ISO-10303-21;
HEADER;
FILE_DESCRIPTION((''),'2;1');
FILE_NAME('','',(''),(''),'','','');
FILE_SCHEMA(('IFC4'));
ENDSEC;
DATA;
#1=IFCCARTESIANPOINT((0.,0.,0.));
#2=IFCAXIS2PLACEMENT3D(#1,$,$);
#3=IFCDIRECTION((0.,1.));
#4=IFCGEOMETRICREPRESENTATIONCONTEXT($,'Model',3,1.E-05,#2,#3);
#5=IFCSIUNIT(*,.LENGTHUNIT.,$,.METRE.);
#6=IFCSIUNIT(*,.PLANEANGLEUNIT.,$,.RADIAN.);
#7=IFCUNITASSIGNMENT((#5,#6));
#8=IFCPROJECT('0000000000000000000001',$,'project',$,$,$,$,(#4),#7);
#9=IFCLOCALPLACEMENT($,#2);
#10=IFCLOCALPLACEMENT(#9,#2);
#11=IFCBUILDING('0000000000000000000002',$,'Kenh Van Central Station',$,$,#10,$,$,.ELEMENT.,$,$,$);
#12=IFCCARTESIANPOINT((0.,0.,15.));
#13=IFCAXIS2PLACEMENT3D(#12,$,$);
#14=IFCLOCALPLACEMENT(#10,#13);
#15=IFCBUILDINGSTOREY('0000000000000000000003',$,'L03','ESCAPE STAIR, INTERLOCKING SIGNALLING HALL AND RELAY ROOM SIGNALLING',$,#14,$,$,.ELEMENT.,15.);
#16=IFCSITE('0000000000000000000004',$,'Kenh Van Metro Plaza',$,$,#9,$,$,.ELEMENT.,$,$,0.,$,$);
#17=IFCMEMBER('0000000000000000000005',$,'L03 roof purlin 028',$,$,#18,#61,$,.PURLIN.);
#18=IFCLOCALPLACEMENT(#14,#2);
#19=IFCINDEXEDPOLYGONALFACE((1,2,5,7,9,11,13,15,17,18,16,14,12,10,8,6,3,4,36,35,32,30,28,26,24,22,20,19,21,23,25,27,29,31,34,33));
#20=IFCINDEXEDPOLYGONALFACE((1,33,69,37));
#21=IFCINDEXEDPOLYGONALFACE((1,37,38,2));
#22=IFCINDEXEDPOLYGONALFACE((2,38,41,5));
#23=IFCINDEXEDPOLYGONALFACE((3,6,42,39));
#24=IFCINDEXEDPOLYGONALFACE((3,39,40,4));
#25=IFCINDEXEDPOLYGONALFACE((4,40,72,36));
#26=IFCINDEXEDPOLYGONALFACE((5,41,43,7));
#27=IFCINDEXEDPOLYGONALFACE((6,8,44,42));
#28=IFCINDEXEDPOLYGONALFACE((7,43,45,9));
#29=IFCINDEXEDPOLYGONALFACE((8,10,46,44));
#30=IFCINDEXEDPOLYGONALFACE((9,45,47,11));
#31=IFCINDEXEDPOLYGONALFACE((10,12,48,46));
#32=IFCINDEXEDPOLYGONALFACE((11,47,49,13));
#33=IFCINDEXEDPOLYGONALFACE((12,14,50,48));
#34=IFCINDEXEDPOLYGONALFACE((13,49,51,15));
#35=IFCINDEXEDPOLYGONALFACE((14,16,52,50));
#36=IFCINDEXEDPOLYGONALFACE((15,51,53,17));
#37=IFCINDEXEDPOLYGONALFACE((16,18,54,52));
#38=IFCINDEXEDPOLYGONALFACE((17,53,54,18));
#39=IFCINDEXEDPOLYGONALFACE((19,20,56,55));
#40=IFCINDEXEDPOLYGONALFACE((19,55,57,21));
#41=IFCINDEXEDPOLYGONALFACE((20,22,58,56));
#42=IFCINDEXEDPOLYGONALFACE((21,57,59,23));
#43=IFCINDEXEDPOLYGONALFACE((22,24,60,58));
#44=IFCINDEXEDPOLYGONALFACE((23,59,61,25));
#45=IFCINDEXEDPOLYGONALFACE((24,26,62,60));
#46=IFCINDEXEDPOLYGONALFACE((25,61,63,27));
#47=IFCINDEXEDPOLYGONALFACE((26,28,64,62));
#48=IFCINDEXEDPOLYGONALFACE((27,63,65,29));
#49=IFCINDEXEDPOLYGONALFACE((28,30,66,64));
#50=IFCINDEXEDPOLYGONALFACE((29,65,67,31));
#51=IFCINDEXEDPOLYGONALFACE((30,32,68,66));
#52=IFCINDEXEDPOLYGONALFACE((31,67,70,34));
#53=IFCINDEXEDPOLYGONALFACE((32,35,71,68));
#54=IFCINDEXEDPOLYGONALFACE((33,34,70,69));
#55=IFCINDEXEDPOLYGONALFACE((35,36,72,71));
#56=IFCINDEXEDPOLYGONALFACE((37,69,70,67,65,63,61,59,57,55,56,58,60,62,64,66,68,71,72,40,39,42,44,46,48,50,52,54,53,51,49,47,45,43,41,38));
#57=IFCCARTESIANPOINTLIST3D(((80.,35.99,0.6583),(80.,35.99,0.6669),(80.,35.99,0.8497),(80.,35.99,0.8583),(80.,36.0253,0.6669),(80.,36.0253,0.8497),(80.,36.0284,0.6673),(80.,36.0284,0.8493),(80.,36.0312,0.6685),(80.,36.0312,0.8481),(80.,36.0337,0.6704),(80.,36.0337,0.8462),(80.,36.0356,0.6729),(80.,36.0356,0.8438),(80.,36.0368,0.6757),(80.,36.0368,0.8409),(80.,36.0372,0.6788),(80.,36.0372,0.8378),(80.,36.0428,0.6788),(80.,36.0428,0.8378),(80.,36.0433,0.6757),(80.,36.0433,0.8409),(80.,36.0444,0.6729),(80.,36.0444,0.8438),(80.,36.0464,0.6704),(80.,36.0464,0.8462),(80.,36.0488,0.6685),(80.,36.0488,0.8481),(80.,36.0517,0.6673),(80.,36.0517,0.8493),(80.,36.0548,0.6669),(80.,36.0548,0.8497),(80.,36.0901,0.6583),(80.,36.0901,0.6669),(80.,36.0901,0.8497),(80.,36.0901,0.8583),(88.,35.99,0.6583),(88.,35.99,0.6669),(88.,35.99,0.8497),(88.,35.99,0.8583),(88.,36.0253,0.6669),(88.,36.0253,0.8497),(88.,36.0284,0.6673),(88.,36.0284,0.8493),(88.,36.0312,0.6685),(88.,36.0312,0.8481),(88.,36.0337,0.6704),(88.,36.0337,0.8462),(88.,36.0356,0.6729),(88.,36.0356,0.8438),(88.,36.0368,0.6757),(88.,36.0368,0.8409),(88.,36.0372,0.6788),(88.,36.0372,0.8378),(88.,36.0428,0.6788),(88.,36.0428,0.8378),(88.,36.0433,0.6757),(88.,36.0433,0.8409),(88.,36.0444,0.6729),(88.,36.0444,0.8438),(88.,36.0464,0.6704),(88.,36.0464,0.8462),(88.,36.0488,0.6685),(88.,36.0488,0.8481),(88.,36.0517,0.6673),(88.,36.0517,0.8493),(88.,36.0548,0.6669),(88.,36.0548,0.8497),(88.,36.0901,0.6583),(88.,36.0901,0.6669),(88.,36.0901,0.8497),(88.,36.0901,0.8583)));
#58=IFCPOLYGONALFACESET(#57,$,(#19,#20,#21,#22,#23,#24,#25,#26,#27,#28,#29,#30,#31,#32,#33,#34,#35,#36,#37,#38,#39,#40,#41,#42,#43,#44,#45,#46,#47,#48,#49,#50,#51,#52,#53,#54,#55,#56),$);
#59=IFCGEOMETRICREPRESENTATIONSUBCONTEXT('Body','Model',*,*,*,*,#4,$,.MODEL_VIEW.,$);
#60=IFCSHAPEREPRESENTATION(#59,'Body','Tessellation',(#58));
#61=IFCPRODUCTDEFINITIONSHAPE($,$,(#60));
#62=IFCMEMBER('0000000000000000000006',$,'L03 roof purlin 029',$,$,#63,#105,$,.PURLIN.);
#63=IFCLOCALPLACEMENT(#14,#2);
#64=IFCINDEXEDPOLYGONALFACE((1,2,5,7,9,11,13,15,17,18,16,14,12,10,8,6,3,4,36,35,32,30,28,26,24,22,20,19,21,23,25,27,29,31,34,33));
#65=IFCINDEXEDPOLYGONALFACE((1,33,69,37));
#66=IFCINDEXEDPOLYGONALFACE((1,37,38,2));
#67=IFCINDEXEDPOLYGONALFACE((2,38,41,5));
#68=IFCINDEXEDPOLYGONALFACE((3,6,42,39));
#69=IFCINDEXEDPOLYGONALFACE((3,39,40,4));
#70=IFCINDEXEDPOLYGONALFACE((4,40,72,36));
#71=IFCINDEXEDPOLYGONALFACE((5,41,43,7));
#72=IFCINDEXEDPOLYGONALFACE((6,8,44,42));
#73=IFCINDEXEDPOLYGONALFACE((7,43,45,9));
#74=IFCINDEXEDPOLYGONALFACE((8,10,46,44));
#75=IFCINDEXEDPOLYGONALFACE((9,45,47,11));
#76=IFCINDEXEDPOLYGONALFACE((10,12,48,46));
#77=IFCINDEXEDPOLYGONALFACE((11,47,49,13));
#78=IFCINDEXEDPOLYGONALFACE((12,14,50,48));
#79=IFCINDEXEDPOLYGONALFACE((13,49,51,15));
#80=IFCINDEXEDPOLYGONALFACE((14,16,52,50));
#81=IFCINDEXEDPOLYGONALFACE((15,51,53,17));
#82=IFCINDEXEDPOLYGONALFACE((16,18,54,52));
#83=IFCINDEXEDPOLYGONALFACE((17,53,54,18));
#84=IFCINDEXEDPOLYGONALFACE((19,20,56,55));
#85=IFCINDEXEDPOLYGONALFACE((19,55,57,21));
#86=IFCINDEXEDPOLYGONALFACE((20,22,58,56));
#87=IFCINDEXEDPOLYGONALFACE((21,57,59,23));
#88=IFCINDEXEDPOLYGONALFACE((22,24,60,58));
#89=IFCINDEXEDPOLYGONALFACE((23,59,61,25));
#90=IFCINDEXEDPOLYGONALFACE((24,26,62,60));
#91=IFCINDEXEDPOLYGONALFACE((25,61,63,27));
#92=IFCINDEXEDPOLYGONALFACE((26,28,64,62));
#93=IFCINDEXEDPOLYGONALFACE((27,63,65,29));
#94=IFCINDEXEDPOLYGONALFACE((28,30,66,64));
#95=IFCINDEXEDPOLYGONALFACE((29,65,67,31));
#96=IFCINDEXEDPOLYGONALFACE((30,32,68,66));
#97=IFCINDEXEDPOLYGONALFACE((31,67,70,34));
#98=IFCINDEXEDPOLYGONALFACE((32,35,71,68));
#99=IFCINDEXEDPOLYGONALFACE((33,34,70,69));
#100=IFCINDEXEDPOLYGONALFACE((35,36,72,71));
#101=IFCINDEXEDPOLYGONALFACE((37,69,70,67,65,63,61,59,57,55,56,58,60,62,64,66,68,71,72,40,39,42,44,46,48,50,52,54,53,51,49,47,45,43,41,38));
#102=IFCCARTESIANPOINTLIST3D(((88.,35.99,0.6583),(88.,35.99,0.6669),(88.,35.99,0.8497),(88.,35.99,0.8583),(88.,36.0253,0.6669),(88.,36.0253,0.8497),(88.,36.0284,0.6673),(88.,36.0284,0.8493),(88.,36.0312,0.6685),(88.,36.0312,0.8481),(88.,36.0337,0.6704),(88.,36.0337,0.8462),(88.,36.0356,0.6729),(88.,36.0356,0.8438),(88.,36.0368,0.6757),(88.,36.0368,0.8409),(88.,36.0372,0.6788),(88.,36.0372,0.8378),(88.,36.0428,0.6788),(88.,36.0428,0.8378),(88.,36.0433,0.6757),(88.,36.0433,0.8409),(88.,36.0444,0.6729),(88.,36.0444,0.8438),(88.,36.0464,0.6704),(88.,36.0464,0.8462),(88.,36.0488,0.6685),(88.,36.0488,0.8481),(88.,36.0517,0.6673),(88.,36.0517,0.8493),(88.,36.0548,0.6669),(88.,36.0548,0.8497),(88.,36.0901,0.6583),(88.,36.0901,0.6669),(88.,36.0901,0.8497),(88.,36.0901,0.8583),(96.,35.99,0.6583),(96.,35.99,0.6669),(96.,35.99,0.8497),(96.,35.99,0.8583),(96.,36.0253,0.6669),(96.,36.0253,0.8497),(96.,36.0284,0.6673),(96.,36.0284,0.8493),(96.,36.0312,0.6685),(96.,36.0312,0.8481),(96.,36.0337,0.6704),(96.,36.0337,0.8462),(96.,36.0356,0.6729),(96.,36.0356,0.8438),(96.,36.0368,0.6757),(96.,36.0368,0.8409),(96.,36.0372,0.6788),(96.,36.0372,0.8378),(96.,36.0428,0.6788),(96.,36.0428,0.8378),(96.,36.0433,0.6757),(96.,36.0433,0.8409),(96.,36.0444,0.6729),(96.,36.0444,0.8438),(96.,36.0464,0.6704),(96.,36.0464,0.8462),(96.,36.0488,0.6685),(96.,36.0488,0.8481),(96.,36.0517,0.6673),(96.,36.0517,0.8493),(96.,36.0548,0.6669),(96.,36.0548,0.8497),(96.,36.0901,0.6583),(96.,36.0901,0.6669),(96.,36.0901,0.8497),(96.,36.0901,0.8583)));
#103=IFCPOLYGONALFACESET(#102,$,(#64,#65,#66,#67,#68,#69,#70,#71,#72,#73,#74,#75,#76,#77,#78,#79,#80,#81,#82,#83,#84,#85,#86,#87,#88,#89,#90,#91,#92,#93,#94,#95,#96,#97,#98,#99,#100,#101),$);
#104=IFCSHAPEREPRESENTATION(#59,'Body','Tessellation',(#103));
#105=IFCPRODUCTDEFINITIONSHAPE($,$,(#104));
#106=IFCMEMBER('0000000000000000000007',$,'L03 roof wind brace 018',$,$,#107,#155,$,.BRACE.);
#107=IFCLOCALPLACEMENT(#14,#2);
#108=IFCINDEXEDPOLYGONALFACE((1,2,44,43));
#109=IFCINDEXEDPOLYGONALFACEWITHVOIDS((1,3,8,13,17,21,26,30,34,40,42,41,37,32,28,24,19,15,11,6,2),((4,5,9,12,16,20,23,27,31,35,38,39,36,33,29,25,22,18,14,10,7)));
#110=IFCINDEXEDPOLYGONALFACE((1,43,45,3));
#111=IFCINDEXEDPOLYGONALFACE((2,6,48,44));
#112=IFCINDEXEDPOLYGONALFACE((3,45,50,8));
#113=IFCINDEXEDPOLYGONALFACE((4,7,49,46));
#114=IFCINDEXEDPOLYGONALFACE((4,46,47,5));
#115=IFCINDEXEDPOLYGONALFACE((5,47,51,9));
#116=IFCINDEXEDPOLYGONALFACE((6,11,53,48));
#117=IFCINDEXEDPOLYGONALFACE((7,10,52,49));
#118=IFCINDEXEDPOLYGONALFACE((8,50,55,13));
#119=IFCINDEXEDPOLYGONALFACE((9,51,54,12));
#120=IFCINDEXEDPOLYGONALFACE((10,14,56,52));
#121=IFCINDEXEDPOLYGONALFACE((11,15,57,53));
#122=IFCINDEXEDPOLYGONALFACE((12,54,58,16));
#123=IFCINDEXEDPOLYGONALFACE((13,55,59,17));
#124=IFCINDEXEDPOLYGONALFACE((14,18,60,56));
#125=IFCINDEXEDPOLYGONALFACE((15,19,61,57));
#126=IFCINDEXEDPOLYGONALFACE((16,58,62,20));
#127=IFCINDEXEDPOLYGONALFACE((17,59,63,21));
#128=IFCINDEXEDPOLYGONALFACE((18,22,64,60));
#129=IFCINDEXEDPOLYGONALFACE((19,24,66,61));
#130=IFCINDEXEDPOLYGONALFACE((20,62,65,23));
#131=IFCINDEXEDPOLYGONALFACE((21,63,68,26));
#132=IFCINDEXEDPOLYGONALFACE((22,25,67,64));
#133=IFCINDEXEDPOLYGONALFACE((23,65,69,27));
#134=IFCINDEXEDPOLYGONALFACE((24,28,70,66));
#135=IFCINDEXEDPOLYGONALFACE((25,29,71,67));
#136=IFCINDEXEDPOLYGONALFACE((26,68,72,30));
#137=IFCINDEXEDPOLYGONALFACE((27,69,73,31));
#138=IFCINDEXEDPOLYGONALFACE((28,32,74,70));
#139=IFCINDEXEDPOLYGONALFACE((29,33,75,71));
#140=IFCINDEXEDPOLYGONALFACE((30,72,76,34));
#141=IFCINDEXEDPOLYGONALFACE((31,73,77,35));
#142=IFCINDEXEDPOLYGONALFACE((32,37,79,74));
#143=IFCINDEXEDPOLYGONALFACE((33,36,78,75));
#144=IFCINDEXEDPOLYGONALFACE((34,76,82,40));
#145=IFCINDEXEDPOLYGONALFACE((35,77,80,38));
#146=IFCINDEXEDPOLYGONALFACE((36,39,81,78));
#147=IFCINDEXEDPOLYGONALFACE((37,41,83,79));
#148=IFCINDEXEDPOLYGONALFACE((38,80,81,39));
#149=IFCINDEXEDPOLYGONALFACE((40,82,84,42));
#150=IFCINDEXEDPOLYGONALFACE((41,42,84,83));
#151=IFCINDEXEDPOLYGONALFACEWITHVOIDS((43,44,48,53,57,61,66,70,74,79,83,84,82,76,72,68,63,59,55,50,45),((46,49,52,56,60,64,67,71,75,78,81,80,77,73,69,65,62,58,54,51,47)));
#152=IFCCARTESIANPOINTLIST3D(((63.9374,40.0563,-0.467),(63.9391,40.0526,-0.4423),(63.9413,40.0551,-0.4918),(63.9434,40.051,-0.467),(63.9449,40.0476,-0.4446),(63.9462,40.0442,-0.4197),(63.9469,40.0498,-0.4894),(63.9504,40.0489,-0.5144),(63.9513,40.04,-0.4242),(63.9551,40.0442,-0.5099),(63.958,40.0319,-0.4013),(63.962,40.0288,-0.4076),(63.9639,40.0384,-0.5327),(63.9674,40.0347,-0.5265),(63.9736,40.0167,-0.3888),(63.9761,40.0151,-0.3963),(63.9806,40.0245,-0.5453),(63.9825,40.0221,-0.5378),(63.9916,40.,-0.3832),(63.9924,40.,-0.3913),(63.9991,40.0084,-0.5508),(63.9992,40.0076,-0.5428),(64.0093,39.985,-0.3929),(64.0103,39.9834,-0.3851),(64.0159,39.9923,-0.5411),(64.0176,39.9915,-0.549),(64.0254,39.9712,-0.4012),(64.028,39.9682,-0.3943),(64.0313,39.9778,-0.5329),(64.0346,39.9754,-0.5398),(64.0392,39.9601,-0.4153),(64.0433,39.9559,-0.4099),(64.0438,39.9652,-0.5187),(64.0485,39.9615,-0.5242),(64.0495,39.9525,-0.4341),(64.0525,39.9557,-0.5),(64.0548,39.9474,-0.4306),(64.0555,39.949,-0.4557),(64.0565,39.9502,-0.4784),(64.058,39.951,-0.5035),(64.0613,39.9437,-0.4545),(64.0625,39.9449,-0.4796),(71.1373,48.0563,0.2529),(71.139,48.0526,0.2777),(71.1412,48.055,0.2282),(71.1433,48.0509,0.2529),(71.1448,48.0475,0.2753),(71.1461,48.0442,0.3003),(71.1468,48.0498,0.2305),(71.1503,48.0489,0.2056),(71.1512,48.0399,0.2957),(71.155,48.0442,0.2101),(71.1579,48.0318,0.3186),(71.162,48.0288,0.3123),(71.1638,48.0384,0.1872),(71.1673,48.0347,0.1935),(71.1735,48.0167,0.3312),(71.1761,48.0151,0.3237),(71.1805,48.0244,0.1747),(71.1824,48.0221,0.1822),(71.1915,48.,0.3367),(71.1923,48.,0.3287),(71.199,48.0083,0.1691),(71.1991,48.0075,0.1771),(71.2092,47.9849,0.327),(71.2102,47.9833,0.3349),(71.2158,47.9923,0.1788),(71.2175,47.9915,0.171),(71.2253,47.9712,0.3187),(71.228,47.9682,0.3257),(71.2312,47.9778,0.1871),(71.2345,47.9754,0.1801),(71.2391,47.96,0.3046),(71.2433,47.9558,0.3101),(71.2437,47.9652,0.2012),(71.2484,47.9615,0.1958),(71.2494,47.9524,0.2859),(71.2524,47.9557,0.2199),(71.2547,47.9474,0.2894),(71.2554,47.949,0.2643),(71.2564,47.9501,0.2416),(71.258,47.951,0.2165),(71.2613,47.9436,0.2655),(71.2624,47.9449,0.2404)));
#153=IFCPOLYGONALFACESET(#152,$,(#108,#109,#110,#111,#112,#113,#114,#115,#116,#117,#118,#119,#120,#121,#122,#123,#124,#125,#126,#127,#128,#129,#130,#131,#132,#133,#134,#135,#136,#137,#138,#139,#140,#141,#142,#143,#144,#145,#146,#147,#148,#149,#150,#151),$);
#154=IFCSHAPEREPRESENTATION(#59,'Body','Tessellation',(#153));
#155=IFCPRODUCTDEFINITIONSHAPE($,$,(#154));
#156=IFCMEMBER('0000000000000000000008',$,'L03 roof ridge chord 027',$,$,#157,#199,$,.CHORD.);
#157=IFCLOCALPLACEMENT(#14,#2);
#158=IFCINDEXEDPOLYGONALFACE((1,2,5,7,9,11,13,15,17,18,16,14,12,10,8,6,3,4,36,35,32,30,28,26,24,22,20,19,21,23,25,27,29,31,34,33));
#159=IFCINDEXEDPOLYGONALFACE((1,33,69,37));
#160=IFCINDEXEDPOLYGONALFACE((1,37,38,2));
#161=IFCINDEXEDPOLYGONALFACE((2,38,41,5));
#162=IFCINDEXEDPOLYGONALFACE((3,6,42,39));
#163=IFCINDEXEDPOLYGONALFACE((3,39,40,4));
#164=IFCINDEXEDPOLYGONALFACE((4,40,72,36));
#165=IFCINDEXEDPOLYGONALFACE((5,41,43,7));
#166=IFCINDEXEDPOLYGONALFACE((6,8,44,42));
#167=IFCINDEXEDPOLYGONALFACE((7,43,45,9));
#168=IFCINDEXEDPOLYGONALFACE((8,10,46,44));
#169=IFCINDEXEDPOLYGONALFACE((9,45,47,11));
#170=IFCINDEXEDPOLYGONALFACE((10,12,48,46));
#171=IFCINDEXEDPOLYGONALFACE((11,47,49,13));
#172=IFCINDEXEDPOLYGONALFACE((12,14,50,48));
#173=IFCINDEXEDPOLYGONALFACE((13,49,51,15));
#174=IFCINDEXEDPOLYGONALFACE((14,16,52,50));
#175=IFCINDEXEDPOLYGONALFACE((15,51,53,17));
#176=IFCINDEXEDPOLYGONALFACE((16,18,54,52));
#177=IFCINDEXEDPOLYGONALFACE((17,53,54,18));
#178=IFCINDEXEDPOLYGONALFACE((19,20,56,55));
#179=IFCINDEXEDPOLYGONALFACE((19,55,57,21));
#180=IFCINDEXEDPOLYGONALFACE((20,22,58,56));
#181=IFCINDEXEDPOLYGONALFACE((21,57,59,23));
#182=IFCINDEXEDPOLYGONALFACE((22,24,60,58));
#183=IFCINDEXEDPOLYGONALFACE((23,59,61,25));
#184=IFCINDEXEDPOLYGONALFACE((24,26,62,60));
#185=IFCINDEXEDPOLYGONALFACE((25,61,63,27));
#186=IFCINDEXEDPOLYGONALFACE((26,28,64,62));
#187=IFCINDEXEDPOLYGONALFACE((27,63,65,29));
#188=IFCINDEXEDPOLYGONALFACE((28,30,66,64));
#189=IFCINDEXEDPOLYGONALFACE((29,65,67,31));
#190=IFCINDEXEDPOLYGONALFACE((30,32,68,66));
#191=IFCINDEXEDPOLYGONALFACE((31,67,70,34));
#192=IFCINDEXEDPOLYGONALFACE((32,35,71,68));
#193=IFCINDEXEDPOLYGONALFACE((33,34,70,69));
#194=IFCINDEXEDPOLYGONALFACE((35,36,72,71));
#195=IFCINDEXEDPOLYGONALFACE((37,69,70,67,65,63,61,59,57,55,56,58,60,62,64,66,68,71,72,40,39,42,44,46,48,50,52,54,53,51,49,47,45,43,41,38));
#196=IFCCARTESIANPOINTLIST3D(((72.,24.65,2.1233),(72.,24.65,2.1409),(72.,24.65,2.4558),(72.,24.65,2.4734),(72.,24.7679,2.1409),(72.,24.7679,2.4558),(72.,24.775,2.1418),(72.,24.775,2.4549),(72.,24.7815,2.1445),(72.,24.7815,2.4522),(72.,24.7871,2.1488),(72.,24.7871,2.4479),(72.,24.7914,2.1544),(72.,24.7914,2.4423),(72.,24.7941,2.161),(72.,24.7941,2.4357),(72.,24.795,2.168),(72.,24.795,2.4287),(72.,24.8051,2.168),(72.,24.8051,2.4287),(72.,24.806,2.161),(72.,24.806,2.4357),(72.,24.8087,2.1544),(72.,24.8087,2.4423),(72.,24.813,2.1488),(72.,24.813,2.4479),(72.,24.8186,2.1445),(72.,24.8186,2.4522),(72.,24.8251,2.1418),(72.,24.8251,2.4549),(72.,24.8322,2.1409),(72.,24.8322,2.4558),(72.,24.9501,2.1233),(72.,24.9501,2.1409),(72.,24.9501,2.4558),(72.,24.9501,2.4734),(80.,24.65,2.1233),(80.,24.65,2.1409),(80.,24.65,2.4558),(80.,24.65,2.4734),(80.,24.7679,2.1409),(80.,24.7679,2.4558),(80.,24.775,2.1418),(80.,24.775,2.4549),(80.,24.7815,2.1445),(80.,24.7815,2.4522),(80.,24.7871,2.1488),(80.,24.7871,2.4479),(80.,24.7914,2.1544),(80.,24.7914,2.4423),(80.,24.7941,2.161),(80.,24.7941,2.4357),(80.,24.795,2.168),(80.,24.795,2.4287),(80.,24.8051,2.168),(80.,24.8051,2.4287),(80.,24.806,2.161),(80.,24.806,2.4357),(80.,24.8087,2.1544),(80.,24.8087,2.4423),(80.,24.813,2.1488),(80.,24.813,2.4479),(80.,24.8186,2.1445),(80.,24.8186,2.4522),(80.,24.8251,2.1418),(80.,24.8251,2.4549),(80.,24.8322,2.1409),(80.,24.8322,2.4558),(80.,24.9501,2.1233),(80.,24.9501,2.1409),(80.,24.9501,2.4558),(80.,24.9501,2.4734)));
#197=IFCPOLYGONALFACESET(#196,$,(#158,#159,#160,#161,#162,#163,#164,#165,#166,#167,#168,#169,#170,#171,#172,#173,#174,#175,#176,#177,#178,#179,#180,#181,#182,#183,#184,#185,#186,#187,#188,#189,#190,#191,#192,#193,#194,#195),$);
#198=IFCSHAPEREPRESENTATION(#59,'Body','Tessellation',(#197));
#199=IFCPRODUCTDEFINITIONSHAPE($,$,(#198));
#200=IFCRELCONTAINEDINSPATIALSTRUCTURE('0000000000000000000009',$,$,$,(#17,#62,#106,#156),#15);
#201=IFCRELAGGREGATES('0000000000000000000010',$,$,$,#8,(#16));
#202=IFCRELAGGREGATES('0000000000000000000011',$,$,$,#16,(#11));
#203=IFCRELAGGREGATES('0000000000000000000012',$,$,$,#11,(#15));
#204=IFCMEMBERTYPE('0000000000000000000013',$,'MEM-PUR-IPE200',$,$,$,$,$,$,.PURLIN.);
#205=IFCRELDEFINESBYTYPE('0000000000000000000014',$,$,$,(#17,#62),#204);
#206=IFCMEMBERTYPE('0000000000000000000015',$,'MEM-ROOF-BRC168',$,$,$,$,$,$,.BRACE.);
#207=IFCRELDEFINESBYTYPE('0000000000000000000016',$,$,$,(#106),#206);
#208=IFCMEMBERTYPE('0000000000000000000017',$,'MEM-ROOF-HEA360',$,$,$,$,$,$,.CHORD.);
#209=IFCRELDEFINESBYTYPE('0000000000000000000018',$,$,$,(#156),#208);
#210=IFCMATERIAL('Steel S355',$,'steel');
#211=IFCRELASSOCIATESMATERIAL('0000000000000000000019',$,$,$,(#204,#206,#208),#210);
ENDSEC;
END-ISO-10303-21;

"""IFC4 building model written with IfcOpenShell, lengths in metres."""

from ifc_helpers import new_model, si_unit, direction, frame, origin, origin_2d, place, context, subcontext, project, spatial, hollow_circle, i_section, extrude, material, material_profile, profile_set, type_object, element, save


model = new_model("IFC4")

# Units and contexts
model_context = context("Model", 3, precision=1e-05, world=origin(), true_north=direction((0.0, 1.0)))
body_context = subcontext(model_context, "Body", "Model", "MODEL_VIEW")
ifc_project = project(units=[si_unit("LENGTHUNIT", "METRE"), si_unit("PLANEANGLEUNIT", "RADIAN")], contexts=[model_context])

# Site, building, storey
site_placement = place(None, origin())
site = spatial("IfcSite", under=ifc_project, at=site_placement, Name="Kenh Van Metro Plaza", CompositionType="ELEMENT", RefElevation=0.0)
building_placement = place(site_placement, origin())
building = spatial("IfcBuilding", under=site, at=building_placement, Name="Kenh Van Central Station", CompositionType="ELEMENT")
storey_placement = place(building_placement, frame((0.0, 0.0, 15.0)))
storey = spatial("IfcBuildingStorey", under=building, at=storey_placement, Name="L03", Description="ESCAPE STAIR, INTERLOCKING SIGNALLING HALL AND RELAY ROOM SIGNALLING", CompositionType="ELEMENT", Elevation=15.0)

# Shared definitions
ifc_material_1 = material(Name="Steel S355", Category="steel")

# Members
ifc_material_profile_1 = material_profile(ifc_material_1, i_section(OverallWidth=0.1001, OverallDepth=0.2, WebThickness=0.0056, FlangeThickness=0.0085, FilletRadius=0.012, at=origin_2d()), Name="IPE 200")
ifc_profile_set_1 = profile_set([ifc_material_profile_1], Name="Steel S355")
member_type_1 = type_object("IfcMemberType", Name="MEM-PUR-IPE200", PredefinedType="PURLIN", material=ifc_profile_set_1)
for number, where, z_axis, x_axis, name in (
    (1, (80.0, 36.04, 0.7583), (1.0, 0.0, 0.0), (0.0, 1.0, 0.0), "L03 roof purlin 028"),
    (2, (88.0, 36.04, 0.7583), (1.0, 0.0, 0.0), (0.0, 1.0, 0.0), "L03 roof purlin 029"),
):
    element("IfcMember", number, at=place(storey_placement, frame(where, z_axis=z_axis, x_axis=x_axis)), inside=storey, type_object=member_type_1, Name=name, PredefinedType="PURLIN", context=body_context, shape_type="SweptSolid", body=[
        extrude(i_section(OverallWidth=0.1001, OverallDepth=0.2, WebThickness=0.0056, FlangeThickness=0.0085, FilletRadius=0.012, at=origin_2d()), origin(), (0.0, 0.0, 1.0), 8.0),
    ])
ifc_material_profile_2 = material_profile(ifc_material_1, hollow_circle(Radius=0.0842, WallThickness=0.0081, at=origin_2d()), Name="CHS 168.3x8")
ifc_profile_set_2 = profile_set([ifc_material_profile_2], Name="Steel S355")
member_type_2 = type_object("IfcMemberType", Name="MEM-ROOF-BRC168", PredefinedType="BRACE", material=ifc_profile_set_2)
member_1_placement = place(storey_placement, frame((64.0, 40.0, -0.467), z_axis=(0.66747, 0.741639, 0.066745), x_axis=(-0.743296, 0.668962, 0.0)))
element("IfcMember", 3, at=member_1_placement, inside=storey, type_object=member_type_2, Name="L03 roof wind brace 018", PredefinedType="BRACE", context=body_context, shape_type="SweptSolid", body=[
    extrude(hollow_circle(Radius=0.0842, WallThickness=0.0081, at=origin_2d()), origin(), (0.0, 0.0, 1.0), 10.7869),
])
ifc_material_profile_3 = material_profile(ifc_material_1, i_section(OverallWidth=0.3, OverallDepth=0.3501, WebThickness=0.01, FlangeThickness=0.0176, FilletRadius=0.0271, at=origin_2d()), Name="HEA 360")
ifc_profile_set_3 = profile_set([ifc_material_profile_3], Name="Steel S355")
member_type_3 = type_object("IfcMemberType", Name="MEM-ROOF-HEA360", PredefinedType="CHORD", material=ifc_profile_set_3)
for number, where, z_axis, x_axis, name in (
    (4, (72.0, 24.8, 2.2983), (1.0, 0.0, 0.0), (0.0, 1.0, 0.0), "L03 roof ridge chord 027"),
):
    element("IfcMember", number, at=place(storey_placement, frame(where, z_axis=z_axis, x_axis=x_axis)), inside=storey, type_object=member_type_3, Name=name, PredefinedType="CHORD", context=body_context, shape_type="SweptSolid", body=[
        extrude(i_section(OverallWidth=0.3, OverallDepth=0.3501, WebThickness=0.01, FlangeThickness=0.0176, FilletRadius=0.0271, at=origin_2d()), origin(), (0.0, 0.0, 1.0), 8.0),
    ])

save(model, "model.ifc")
